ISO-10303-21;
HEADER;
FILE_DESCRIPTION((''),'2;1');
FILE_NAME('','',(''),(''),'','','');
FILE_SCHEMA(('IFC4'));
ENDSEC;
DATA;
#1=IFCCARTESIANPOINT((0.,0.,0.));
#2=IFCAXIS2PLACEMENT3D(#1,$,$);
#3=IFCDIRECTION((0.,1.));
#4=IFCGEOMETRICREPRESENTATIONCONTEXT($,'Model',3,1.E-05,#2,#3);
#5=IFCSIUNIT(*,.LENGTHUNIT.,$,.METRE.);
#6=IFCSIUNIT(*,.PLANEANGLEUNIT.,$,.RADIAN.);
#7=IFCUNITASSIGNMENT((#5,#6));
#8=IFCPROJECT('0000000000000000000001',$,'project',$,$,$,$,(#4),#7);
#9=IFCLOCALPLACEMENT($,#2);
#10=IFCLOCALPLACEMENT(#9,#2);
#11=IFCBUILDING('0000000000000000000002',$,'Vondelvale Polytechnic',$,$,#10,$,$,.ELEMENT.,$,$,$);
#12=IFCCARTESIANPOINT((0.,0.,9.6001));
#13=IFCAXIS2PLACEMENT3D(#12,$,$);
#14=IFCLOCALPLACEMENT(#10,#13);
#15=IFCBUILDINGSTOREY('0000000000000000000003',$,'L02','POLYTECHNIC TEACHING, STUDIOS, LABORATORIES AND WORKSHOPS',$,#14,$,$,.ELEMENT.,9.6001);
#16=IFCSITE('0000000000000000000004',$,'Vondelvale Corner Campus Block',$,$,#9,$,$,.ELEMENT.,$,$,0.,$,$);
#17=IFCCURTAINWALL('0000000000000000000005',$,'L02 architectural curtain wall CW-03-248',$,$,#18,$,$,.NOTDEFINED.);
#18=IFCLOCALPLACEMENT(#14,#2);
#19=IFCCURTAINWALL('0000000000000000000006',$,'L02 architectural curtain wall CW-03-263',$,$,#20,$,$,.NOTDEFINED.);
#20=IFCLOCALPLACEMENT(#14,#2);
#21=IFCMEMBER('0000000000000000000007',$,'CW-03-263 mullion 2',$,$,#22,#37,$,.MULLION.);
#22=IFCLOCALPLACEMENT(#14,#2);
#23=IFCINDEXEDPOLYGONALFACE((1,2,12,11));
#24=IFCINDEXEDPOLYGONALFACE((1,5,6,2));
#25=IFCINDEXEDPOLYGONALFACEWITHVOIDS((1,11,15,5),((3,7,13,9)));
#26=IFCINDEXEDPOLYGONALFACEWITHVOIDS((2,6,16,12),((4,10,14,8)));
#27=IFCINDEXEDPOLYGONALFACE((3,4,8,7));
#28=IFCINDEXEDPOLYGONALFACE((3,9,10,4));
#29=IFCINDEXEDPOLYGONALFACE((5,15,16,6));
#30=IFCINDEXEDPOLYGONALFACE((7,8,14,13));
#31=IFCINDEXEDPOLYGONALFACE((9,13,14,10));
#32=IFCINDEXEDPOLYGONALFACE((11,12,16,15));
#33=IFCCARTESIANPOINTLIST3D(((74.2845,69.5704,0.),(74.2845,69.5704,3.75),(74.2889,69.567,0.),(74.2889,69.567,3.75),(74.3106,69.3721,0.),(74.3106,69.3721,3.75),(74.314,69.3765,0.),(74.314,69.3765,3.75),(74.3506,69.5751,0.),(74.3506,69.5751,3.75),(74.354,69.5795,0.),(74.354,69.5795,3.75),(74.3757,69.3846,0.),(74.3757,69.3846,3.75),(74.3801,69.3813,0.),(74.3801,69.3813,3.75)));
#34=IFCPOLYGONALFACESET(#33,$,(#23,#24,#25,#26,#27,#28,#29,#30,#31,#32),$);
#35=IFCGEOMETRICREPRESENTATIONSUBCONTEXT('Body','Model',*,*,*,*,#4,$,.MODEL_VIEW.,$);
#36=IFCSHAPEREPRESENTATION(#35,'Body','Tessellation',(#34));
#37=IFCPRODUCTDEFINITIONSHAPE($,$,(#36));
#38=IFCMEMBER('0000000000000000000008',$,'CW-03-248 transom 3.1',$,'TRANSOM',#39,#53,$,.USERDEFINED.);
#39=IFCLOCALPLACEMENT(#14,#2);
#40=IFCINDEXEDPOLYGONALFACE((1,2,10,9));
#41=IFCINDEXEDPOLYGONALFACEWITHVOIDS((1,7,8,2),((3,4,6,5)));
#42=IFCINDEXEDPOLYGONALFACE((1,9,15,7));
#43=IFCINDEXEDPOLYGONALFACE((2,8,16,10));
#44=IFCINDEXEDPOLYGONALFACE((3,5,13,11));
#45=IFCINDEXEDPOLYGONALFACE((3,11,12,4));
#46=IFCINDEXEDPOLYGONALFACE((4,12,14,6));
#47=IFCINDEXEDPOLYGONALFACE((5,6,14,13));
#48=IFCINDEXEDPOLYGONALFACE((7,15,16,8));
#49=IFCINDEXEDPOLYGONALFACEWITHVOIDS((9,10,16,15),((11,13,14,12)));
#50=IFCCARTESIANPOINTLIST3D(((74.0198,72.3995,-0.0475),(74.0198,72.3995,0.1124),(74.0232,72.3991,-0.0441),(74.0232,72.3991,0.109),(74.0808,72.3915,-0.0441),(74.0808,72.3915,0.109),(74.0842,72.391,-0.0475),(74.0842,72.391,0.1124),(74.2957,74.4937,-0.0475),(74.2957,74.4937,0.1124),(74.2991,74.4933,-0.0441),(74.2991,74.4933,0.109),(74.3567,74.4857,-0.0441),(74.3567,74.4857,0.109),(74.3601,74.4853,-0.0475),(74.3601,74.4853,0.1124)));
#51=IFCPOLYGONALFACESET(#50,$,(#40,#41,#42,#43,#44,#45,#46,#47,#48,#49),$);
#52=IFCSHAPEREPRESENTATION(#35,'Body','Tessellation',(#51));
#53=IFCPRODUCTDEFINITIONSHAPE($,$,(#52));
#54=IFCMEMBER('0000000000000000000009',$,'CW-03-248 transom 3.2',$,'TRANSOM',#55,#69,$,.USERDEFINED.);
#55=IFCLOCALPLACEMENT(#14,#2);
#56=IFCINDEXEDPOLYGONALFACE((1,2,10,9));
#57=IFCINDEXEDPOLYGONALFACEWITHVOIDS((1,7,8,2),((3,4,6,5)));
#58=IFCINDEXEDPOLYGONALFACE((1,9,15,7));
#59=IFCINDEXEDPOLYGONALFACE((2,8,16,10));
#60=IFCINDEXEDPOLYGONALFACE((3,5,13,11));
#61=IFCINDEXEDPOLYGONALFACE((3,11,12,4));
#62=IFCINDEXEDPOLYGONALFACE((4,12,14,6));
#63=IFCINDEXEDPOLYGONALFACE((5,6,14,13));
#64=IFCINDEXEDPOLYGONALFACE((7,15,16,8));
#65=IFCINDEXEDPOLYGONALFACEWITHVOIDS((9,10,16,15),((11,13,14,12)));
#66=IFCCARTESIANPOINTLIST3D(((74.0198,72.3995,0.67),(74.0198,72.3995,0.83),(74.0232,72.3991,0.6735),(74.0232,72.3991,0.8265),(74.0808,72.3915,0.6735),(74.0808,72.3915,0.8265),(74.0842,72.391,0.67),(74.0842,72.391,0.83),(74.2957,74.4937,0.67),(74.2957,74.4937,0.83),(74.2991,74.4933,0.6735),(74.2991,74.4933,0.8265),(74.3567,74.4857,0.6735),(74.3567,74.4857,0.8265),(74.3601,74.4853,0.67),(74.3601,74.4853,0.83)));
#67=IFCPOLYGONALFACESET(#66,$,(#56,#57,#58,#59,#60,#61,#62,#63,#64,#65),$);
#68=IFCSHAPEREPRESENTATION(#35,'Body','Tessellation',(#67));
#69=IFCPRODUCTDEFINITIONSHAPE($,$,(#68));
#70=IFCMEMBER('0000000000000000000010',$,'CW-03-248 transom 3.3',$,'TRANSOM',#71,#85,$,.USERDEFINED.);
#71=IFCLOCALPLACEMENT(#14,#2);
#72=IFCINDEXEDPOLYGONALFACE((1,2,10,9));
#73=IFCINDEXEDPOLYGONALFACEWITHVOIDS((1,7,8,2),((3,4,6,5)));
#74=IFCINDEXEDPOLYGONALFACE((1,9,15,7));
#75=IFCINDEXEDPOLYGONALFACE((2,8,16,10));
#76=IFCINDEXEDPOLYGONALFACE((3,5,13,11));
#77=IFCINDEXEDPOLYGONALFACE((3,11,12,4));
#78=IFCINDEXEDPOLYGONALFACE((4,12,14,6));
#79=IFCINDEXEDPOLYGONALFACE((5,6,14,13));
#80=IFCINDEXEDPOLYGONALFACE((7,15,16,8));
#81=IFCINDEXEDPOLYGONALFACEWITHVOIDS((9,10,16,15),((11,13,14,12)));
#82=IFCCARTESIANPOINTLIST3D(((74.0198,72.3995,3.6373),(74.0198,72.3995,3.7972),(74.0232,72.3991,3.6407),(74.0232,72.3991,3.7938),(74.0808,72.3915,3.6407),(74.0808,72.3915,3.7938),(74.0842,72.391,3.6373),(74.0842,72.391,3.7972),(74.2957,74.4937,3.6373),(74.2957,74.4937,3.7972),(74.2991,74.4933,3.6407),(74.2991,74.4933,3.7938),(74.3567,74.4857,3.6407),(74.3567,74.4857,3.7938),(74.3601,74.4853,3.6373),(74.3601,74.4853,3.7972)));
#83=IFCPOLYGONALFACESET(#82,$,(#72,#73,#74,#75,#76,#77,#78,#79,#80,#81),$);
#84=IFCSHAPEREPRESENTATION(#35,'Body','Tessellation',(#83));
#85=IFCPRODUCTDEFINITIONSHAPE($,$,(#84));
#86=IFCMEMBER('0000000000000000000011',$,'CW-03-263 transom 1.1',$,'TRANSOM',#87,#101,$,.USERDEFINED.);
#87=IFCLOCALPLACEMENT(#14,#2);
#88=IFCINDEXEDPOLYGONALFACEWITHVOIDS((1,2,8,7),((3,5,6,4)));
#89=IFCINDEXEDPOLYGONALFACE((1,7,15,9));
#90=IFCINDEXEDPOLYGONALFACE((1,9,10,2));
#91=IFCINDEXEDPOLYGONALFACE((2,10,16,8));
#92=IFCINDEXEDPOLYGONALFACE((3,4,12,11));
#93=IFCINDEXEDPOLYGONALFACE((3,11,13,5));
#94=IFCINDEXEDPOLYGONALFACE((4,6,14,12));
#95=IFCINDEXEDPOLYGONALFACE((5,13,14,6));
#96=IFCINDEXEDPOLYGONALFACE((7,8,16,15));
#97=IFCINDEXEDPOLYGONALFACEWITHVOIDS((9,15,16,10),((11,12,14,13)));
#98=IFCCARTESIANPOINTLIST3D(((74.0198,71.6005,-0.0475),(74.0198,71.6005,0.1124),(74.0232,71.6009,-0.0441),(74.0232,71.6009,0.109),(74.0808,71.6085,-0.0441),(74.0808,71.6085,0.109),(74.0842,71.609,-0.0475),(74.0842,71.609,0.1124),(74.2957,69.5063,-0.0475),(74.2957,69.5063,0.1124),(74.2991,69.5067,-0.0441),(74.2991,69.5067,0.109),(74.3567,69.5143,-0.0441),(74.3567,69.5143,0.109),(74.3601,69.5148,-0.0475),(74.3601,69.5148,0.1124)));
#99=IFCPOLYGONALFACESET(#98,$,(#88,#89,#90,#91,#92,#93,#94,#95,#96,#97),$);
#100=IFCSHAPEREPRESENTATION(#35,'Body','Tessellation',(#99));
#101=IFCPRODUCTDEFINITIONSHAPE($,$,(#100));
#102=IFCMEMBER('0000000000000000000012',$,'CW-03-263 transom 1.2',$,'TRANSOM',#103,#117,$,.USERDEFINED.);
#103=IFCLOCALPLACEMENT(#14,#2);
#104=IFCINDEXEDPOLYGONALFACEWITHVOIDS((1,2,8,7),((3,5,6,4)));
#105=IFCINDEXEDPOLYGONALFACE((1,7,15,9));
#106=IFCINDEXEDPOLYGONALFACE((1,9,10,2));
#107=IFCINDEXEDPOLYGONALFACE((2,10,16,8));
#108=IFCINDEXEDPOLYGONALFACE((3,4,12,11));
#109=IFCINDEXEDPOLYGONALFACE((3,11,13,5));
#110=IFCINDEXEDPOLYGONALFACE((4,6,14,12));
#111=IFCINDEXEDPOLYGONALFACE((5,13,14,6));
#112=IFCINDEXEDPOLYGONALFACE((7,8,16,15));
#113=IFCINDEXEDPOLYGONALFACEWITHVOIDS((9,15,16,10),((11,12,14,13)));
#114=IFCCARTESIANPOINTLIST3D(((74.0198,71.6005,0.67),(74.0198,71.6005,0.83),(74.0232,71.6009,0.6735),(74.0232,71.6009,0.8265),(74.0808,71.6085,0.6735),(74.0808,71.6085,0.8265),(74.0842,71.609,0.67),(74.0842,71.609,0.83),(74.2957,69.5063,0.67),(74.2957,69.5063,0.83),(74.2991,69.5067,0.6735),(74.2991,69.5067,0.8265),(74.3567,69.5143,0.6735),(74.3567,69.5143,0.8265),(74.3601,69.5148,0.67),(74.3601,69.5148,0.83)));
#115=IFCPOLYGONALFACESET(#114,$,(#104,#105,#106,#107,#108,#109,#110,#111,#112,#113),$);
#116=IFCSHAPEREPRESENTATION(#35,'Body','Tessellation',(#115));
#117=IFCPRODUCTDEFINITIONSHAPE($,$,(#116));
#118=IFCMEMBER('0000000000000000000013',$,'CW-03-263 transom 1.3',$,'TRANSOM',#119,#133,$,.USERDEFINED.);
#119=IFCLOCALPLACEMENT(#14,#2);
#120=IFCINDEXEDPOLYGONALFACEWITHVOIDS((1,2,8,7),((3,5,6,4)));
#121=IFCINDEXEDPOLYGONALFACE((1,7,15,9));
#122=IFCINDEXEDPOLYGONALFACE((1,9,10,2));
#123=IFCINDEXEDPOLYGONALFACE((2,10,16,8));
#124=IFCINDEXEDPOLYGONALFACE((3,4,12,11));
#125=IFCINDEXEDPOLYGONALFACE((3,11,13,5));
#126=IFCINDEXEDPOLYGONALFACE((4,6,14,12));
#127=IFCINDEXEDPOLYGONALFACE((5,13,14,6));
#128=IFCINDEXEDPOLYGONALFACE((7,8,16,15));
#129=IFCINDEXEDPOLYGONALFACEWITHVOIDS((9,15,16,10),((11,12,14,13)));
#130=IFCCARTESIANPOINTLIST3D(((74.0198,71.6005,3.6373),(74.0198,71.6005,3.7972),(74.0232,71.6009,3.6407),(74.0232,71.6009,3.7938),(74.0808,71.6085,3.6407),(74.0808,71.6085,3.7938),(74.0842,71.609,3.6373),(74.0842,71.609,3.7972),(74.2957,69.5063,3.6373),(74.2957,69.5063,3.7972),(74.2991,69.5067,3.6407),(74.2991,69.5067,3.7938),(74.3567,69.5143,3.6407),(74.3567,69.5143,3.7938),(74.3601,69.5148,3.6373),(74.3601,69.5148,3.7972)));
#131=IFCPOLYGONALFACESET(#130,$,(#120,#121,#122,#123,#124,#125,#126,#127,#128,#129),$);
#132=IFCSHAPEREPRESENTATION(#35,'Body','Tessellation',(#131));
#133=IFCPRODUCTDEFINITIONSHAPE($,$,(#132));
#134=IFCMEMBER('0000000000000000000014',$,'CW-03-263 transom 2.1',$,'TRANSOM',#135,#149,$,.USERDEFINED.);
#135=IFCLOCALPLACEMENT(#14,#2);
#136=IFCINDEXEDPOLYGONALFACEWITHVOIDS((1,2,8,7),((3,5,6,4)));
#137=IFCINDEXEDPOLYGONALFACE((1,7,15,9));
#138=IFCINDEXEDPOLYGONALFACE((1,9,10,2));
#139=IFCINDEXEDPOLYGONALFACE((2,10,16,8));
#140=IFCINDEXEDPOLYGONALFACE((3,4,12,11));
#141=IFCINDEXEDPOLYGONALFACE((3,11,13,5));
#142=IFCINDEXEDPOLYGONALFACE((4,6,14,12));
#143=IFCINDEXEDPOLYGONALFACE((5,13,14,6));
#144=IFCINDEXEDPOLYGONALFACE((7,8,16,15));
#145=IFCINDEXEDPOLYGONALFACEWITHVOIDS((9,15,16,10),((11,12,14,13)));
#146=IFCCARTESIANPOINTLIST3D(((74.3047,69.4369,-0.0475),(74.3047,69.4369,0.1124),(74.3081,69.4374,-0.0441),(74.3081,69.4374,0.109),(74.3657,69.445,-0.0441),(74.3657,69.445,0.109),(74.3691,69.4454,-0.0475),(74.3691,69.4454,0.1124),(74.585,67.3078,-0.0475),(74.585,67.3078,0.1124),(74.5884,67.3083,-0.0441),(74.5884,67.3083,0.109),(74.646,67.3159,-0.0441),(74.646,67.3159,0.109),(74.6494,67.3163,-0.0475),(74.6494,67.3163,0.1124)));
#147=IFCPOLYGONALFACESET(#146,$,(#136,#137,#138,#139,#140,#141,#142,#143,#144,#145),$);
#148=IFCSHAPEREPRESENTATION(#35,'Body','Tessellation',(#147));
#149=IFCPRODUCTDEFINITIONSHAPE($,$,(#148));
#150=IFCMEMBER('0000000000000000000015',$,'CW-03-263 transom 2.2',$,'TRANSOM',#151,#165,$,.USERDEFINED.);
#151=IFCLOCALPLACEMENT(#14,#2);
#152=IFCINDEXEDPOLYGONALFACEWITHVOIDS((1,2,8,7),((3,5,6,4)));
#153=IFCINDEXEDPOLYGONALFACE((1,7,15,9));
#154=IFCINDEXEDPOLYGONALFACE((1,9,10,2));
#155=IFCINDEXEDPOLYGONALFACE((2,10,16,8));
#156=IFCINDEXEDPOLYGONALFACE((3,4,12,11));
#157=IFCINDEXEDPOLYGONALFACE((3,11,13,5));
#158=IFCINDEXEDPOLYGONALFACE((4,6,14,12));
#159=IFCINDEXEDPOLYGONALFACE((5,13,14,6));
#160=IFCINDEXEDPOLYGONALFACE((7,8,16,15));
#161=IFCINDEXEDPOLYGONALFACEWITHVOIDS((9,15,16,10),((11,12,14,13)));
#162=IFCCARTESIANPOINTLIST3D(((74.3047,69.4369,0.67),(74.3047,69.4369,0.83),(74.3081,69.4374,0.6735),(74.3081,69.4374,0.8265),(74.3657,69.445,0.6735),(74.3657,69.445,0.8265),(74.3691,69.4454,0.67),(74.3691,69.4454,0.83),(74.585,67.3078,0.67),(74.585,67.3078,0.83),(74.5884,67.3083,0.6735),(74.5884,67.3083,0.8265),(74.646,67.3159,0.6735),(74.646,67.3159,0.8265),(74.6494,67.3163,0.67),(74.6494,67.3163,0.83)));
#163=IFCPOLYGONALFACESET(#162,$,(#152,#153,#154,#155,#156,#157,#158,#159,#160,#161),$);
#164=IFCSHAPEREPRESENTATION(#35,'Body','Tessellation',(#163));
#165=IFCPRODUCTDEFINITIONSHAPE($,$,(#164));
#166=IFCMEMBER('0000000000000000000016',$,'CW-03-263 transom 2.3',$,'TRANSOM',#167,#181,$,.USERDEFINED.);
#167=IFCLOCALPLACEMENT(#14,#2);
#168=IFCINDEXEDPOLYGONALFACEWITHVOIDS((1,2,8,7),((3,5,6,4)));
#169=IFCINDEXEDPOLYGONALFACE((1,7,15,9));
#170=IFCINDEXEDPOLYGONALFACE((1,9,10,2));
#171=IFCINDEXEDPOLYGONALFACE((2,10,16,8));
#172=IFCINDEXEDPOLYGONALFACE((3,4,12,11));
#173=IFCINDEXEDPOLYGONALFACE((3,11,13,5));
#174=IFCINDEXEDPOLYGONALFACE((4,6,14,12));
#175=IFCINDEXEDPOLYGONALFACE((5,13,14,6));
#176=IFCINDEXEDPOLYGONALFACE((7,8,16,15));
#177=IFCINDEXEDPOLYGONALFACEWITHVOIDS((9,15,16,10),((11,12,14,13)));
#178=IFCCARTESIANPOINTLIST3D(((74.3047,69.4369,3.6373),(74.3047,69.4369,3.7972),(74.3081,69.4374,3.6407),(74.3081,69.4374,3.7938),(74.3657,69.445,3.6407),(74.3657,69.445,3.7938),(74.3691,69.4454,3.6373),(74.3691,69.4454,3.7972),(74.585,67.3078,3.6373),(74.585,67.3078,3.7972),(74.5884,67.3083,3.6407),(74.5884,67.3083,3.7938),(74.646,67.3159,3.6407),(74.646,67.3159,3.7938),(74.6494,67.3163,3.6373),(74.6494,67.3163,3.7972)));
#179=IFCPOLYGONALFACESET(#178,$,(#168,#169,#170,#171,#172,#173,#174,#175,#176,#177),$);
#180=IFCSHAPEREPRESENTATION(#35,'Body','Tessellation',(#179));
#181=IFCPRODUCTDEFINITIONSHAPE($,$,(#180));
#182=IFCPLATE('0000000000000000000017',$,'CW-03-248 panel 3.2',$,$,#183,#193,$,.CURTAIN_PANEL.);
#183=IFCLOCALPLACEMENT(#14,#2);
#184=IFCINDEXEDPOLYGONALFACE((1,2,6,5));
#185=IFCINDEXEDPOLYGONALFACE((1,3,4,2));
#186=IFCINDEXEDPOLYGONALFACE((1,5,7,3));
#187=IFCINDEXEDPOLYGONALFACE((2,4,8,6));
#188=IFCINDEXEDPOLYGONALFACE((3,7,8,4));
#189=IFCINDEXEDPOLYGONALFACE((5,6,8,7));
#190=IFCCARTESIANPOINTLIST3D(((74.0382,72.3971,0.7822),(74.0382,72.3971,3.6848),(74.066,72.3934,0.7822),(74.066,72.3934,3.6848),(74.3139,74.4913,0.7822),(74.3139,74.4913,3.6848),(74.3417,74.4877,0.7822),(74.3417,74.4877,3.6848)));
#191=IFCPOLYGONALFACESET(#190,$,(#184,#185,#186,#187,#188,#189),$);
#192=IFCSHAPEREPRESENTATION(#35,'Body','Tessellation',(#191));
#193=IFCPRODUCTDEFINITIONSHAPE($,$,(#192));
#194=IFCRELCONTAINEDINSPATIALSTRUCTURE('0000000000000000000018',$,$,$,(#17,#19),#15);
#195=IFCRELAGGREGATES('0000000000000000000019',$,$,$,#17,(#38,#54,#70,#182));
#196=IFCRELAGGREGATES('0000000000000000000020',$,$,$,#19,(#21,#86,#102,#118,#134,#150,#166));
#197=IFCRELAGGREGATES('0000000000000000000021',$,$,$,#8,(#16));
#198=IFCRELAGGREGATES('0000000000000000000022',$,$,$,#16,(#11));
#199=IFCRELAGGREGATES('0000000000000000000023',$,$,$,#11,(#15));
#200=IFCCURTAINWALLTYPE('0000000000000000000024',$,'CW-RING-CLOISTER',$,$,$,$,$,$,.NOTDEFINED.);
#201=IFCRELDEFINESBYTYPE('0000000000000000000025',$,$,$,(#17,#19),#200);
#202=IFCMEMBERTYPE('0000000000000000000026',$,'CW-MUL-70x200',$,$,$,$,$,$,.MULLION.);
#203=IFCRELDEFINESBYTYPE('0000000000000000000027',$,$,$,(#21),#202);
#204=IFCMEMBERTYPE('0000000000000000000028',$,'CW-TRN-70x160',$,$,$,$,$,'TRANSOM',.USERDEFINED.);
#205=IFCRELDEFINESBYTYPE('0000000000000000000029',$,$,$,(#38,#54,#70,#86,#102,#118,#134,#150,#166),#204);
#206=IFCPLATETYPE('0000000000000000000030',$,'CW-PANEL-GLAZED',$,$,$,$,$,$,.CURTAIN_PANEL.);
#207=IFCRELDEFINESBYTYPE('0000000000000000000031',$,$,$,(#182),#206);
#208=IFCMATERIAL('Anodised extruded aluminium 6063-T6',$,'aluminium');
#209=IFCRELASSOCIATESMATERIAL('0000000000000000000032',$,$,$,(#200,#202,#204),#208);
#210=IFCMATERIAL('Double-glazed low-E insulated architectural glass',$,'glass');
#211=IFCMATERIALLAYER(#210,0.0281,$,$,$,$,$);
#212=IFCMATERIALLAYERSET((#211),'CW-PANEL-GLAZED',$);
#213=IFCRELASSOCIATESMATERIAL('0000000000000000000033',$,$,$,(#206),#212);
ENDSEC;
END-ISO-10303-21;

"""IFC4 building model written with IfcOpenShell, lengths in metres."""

from ifc_helpers import new_model, si_unit, direction, frame, origin, origin_2d, place, context, subcontext, project, spatial, rectangle, hollow_rectangle, extrude, material, layer, layer_set, material_profile, profile_set, type_object, element, aggregate, save


model = new_model("IFC4")

# Units and contexts
model_context = context("Model", 3, precision=1e-05, world=origin(), true_north=direction((0.0, 1.0)))
body_context = subcontext(model_context, "Body", "Model", "MODEL_VIEW")
ifc_project = project(units=[si_unit("LENGTHUNIT", "METRE"), si_unit("PLANEANGLEUNIT", "RADIAN")], contexts=[model_context])

# Site, building, storey
site_placement = place(None, origin())
site = spatial("IfcSite", under=ifc_project, at=site_placement, Name="Vondelvale Corner Campus Block", CompositionType="ELEMENT", RefElevation=0.0)
building_placement = place(site_placement, origin())
building = spatial("IfcBuilding", under=site, at=building_placement, Name="Vondelvale Polytechnic", CompositionType="ELEMENT")
storey_placement = place(building_placement, frame((0.0, 0.0, 9.6001)))
storey = spatial("IfcBuildingStorey", under=building, at=storey_placement, Name="L02", Description="POLYTECHNIC TEACHING, STUDIOS, LABORATORIES AND WORKSHOPS", CompositionType="ELEMENT", Elevation=9.6001)

# Curtain walls, member
ifc_material_1 = material(Name="Anodised extruded aluminium 6063-T6", Category="aluminium")
curtain_wall_type = type_object("IfcCurtainWallType", Name="CW-RING-CLOISTER", PredefinedType="NOTDEFINED", material=ifc_material_1)
curtain_wall_1_placement = place(storey_placement, origin())
curtain_wall_1 = element("IfcCurtainWall", 1, at=curtain_wall_1_placement, inside=storey, type_object=curtain_wall_type, Name="L02 architectural curtain wall CW-03-248", PredefinedType="NOTDEFINED")
ifc_material_profile_1 = material_profile(ifc_material_1, hollow_rectangle(XDim=0.0701, YDim=0.2, WallThickness=0.0039, at=origin_2d()), Name="CW-MUL-200x70")
ifc_profile_set_1 = profile_set([ifc_material_profile_1], Name="Anodised extruded aluminium 6063-T6")
member_type_1 = type_object("IfcMemberType", Name="CW-MUL-70x200", PredefinedType="MULLION", material=ifc_profile_set_1)
curtain_wall_2_placement = place(storey_placement, origin())
curtain_wall_2 = element("IfcCurtainWall", 2, at=curtain_wall_2_placement, inside=storey, type_object=curtain_wall_type, Name="L02 architectural curtain wall CW-03-263", PredefinedType="NOTDEFINED")
member_1_placement = place(storey_placement, frame((74.3323, 69.4758, 0.0), z_axis=(0.0, 0.0, 1.0), x_axis=(0.991445, 0.130528, 0.0)))
member_1 = element("IfcMember", 3, at=member_1_placement, type_object=member_type_1, Name="CW-03-263 mullion 2", PredefinedType="MULLION", context=body_context, shape_type="SweptSolid", body=[
    extrude(hollow_rectangle(XDim=0.0701, YDim=0.2, WallThickness=0.0039, at=origin_2d()), origin(), (0.0, 0.0, 1.0), 3.75),
])

# Members
ifc_material_profile_2 = material_profile(ifc_material_1, hollow_rectangle(XDim=0.0649, YDim=0.1599, WallThickness=0.0034, at=origin_2d()), Name="CW-TRN-160x65")
ifc_profile_set_2 = profile_set([ifc_material_profile_2], Name="Anodised extruded aluminium 6063-T6")
member_type_2 = type_object("IfcMemberType", Name="CW-TRN-70x160", ElementType="TRANSOM", PredefinedType="USERDEFINED", material=ifc_profile_set_2)
member_2_placement = place(storey_placement, frame((74.3279, 74.4895, 0.0325), z_axis=(-0.130604, -0.991435, 0.0), x_axis=(0.991435, -0.130604, 0.0)))
member_2 = element("IfcMember", 4, at=member_2_placement, type_object=member_type_2, Name="CW-03-248 transom 3.1", ObjectType="TRANSOM", PredefinedType="USERDEFINED", context=body_context, shape_type="SweptSolid", body=[
    extrude(hollow_rectangle(XDim=0.0649, YDim=0.1599, WallThickness=0.0034, at=origin_2d()), origin(), (0.0, 0.0, 1.0), 2.1123),
])
member_3_placement = place(storey_placement, frame((74.3279, 74.4895, 0.75), z_axis=(-0.130604, -0.991435, 0.0), x_axis=(0.991435, -0.130604, 0.0)))
member_3 = element("IfcMember", 5, at=member_3_placement, type_object=member_type_2, Name="CW-03-248 transom 3.2", ObjectType="TRANSOM", PredefinedType="USERDEFINED", context=body_context, shape_type="SweptSolid", body=[
    extrude(hollow_rectangle(XDim=0.0649, YDim=0.1599, WallThickness=0.0034, at=origin_2d()), origin(), (0.0, 0.0, 1.0), 2.1123),
])
member_4_placement = place(storey_placement, frame((74.3279, 74.4895, 3.7173), z_axis=(-0.130604, -0.991435, 0.0), x_axis=(0.991435, -0.130604, 0.0)))
member_4 = element("IfcMember", 6, at=member_4_placement, type_object=member_type_2, Name="CW-03-248 transom 3.3", ObjectType="TRANSOM", PredefinedType="USERDEFINED", context=body_context, shape_type="SweptSolid", body=[
    extrude(hollow_rectangle(XDim=0.0649, YDim=0.1599, WallThickness=0.0034, at=origin_2d()), origin(), (0.0, 0.0, 1.0), 2.1123),
])
member_5_placement = place(storey_placement, frame((74.052, 71.6047, 0.0325), z_axis=(0.130604, -0.991435, 0.0), x_axis=(0.991435, 0.130604, 0.0)))
member_5 = element("IfcMember", 7, at=member_5_placement, type_object=member_type_2, Name="CW-03-263 transom 1.1", ObjectType="TRANSOM", PredefinedType="USERDEFINED", context=body_context, shape_type="SweptSolid", body=[
    extrude(hollow_rectangle(XDim=0.0649, YDim=0.1599, WallThickness=0.0034, at=origin_2d()), origin(), (0.0, 0.0, 1.0), 2.1123),
])
member_6_placement = place(storey_placement, frame((74.052, 71.6047, 0.75), z_axis=(0.130604, -0.991435, 0.0), x_axis=(0.991435, 0.130604, 0.0)))
member_6 = element("IfcMember", 8, at=member_6_placement, type_object=member_type_2, Name="CW-03-263 transom 1.2", ObjectType="TRANSOM", PredefinedType="USERDEFINED", context=body_context, shape_type="SweptSolid", body=[
    extrude(hollow_rectangle(XDim=0.0649, YDim=0.1599, WallThickness=0.0034, at=origin_2d()), origin(), (0.0, 0.0, 1.0), 2.1123),
])
member_7_placement = place(storey_placement, frame((74.052, 71.6047, 3.7173), z_axis=(0.130604, -0.991435, 0.0), x_axis=(0.991435, 0.130604, 0.0)))
member_7 = element("IfcMember", 9, at=member_7_placement, type_object=member_type_2, Name="CW-03-263 transom 1.3", ObjectType="TRANSOM", PredefinedType="USERDEFINED", context=body_context, shape_type="SweptSolid", body=[
    extrude(hollow_rectangle(XDim=0.0649, YDim=0.1599, WallThickness=0.0034, at=origin_2d()), origin(), (0.0, 0.0, 1.0), 2.1123),
])
member_8_placement = place(storey_placement, frame((74.3369, 69.4412, 0.0325), z_axis=(0.13051, -0.991447, 0.0), x_axis=(0.991447, 0.13051, 0.0)))
member_8 = element("IfcMember", 10, at=member_8_placement, type_object=member_type_2, Name="CW-03-263 transom 2.1", ObjectType="TRANSOM", PredefinedType="USERDEFINED", context=body_context, shape_type="SweptSolid", body=[
    extrude(hollow_rectangle(XDim=0.0649, YDim=0.1599, WallThickness=0.0034, at=origin_2d()), origin(), (0.0, 0.0, 1.0), 2.1475),
])
member_9_placement = place(storey_placement, frame((74.3369, 69.4412, 0.75), z_axis=(0.13051, -0.991447, 0.0), x_axis=(0.991447, 0.13051, 0.0)))
member_9 = element("IfcMember", 11, at=member_9_placement, type_object=member_type_2, Name="CW-03-263 transom 2.2", ObjectType="TRANSOM", PredefinedType="USERDEFINED", context=body_context, shape_type="SweptSolid", body=[
    extrude(hollow_rectangle(XDim=0.0649, YDim=0.1599, WallThickness=0.0034, at=origin_2d()), origin(), (0.0, 0.0, 1.0), 2.1475),
])
member_10_placement = place(storey_placement, frame((74.3369, 69.4412, 3.7173), z_axis=(0.13051, -0.991447, 0.0), x_axis=(0.991447, 0.13051, 0.0)))
member_10 = element("IfcMember", 12, at=member_10_placement, type_object=member_type_2, Name="CW-03-263 transom 2.3", ObjectType="TRANSOM", PredefinedType="USERDEFINED", context=body_context, shape_type="SweptSolid", body=[
    extrude(hollow_rectangle(XDim=0.0649, YDim=0.1599, WallThickness=0.0034, at=origin_2d()), origin(), (0.0, 0.0, 1.0), 2.1475),
])

# Plate
ifc_material_2 = material(Name="Double-glazed low-E insulated architectural glass", Category="glass")
ifc_layer_1 = layer(ifc_material_2, 0.0281)
ifc_layer_set_1 = layer_set([ifc_layer_1], Name="CW-PANEL-GLAZED")
plate_type_1 = type_object("IfcPlateType", Name="CW-PANEL-GLAZED", PredefinedType="CURTAIN_PANEL", material=ifc_layer_set_1)
plate_1_placement = place(storey_placement, frame((74.1899, 73.4424, 0.7822), z_axis=(0.0, 0.0, 1.0), x_axis=(-0.130528, -0.991445, 0.0)))
plate_1 = element("IfcPlate", 13, at=plate_1_placement, type_object=plate_type_1, Name="CW-03-248 panel 3.2", PredefinedType="CURTAIN_PANEL", context=body_context, shape_type="SweptSolid", body=[
    extrude(rectangle(XDim=2.1123, YDim=0.0281, at=origin_2d()), origin(), (0.0, 0.0, 1.0), 2.9026),
])
aggregate(curtain_wall_1, [member_2, member_3, member_4, plate_1])
aggregate(curtain_wall_2, [member_1, member_5, member_6, member_7, member_8, member_9, member_10])

save(model, "model.ifc")
